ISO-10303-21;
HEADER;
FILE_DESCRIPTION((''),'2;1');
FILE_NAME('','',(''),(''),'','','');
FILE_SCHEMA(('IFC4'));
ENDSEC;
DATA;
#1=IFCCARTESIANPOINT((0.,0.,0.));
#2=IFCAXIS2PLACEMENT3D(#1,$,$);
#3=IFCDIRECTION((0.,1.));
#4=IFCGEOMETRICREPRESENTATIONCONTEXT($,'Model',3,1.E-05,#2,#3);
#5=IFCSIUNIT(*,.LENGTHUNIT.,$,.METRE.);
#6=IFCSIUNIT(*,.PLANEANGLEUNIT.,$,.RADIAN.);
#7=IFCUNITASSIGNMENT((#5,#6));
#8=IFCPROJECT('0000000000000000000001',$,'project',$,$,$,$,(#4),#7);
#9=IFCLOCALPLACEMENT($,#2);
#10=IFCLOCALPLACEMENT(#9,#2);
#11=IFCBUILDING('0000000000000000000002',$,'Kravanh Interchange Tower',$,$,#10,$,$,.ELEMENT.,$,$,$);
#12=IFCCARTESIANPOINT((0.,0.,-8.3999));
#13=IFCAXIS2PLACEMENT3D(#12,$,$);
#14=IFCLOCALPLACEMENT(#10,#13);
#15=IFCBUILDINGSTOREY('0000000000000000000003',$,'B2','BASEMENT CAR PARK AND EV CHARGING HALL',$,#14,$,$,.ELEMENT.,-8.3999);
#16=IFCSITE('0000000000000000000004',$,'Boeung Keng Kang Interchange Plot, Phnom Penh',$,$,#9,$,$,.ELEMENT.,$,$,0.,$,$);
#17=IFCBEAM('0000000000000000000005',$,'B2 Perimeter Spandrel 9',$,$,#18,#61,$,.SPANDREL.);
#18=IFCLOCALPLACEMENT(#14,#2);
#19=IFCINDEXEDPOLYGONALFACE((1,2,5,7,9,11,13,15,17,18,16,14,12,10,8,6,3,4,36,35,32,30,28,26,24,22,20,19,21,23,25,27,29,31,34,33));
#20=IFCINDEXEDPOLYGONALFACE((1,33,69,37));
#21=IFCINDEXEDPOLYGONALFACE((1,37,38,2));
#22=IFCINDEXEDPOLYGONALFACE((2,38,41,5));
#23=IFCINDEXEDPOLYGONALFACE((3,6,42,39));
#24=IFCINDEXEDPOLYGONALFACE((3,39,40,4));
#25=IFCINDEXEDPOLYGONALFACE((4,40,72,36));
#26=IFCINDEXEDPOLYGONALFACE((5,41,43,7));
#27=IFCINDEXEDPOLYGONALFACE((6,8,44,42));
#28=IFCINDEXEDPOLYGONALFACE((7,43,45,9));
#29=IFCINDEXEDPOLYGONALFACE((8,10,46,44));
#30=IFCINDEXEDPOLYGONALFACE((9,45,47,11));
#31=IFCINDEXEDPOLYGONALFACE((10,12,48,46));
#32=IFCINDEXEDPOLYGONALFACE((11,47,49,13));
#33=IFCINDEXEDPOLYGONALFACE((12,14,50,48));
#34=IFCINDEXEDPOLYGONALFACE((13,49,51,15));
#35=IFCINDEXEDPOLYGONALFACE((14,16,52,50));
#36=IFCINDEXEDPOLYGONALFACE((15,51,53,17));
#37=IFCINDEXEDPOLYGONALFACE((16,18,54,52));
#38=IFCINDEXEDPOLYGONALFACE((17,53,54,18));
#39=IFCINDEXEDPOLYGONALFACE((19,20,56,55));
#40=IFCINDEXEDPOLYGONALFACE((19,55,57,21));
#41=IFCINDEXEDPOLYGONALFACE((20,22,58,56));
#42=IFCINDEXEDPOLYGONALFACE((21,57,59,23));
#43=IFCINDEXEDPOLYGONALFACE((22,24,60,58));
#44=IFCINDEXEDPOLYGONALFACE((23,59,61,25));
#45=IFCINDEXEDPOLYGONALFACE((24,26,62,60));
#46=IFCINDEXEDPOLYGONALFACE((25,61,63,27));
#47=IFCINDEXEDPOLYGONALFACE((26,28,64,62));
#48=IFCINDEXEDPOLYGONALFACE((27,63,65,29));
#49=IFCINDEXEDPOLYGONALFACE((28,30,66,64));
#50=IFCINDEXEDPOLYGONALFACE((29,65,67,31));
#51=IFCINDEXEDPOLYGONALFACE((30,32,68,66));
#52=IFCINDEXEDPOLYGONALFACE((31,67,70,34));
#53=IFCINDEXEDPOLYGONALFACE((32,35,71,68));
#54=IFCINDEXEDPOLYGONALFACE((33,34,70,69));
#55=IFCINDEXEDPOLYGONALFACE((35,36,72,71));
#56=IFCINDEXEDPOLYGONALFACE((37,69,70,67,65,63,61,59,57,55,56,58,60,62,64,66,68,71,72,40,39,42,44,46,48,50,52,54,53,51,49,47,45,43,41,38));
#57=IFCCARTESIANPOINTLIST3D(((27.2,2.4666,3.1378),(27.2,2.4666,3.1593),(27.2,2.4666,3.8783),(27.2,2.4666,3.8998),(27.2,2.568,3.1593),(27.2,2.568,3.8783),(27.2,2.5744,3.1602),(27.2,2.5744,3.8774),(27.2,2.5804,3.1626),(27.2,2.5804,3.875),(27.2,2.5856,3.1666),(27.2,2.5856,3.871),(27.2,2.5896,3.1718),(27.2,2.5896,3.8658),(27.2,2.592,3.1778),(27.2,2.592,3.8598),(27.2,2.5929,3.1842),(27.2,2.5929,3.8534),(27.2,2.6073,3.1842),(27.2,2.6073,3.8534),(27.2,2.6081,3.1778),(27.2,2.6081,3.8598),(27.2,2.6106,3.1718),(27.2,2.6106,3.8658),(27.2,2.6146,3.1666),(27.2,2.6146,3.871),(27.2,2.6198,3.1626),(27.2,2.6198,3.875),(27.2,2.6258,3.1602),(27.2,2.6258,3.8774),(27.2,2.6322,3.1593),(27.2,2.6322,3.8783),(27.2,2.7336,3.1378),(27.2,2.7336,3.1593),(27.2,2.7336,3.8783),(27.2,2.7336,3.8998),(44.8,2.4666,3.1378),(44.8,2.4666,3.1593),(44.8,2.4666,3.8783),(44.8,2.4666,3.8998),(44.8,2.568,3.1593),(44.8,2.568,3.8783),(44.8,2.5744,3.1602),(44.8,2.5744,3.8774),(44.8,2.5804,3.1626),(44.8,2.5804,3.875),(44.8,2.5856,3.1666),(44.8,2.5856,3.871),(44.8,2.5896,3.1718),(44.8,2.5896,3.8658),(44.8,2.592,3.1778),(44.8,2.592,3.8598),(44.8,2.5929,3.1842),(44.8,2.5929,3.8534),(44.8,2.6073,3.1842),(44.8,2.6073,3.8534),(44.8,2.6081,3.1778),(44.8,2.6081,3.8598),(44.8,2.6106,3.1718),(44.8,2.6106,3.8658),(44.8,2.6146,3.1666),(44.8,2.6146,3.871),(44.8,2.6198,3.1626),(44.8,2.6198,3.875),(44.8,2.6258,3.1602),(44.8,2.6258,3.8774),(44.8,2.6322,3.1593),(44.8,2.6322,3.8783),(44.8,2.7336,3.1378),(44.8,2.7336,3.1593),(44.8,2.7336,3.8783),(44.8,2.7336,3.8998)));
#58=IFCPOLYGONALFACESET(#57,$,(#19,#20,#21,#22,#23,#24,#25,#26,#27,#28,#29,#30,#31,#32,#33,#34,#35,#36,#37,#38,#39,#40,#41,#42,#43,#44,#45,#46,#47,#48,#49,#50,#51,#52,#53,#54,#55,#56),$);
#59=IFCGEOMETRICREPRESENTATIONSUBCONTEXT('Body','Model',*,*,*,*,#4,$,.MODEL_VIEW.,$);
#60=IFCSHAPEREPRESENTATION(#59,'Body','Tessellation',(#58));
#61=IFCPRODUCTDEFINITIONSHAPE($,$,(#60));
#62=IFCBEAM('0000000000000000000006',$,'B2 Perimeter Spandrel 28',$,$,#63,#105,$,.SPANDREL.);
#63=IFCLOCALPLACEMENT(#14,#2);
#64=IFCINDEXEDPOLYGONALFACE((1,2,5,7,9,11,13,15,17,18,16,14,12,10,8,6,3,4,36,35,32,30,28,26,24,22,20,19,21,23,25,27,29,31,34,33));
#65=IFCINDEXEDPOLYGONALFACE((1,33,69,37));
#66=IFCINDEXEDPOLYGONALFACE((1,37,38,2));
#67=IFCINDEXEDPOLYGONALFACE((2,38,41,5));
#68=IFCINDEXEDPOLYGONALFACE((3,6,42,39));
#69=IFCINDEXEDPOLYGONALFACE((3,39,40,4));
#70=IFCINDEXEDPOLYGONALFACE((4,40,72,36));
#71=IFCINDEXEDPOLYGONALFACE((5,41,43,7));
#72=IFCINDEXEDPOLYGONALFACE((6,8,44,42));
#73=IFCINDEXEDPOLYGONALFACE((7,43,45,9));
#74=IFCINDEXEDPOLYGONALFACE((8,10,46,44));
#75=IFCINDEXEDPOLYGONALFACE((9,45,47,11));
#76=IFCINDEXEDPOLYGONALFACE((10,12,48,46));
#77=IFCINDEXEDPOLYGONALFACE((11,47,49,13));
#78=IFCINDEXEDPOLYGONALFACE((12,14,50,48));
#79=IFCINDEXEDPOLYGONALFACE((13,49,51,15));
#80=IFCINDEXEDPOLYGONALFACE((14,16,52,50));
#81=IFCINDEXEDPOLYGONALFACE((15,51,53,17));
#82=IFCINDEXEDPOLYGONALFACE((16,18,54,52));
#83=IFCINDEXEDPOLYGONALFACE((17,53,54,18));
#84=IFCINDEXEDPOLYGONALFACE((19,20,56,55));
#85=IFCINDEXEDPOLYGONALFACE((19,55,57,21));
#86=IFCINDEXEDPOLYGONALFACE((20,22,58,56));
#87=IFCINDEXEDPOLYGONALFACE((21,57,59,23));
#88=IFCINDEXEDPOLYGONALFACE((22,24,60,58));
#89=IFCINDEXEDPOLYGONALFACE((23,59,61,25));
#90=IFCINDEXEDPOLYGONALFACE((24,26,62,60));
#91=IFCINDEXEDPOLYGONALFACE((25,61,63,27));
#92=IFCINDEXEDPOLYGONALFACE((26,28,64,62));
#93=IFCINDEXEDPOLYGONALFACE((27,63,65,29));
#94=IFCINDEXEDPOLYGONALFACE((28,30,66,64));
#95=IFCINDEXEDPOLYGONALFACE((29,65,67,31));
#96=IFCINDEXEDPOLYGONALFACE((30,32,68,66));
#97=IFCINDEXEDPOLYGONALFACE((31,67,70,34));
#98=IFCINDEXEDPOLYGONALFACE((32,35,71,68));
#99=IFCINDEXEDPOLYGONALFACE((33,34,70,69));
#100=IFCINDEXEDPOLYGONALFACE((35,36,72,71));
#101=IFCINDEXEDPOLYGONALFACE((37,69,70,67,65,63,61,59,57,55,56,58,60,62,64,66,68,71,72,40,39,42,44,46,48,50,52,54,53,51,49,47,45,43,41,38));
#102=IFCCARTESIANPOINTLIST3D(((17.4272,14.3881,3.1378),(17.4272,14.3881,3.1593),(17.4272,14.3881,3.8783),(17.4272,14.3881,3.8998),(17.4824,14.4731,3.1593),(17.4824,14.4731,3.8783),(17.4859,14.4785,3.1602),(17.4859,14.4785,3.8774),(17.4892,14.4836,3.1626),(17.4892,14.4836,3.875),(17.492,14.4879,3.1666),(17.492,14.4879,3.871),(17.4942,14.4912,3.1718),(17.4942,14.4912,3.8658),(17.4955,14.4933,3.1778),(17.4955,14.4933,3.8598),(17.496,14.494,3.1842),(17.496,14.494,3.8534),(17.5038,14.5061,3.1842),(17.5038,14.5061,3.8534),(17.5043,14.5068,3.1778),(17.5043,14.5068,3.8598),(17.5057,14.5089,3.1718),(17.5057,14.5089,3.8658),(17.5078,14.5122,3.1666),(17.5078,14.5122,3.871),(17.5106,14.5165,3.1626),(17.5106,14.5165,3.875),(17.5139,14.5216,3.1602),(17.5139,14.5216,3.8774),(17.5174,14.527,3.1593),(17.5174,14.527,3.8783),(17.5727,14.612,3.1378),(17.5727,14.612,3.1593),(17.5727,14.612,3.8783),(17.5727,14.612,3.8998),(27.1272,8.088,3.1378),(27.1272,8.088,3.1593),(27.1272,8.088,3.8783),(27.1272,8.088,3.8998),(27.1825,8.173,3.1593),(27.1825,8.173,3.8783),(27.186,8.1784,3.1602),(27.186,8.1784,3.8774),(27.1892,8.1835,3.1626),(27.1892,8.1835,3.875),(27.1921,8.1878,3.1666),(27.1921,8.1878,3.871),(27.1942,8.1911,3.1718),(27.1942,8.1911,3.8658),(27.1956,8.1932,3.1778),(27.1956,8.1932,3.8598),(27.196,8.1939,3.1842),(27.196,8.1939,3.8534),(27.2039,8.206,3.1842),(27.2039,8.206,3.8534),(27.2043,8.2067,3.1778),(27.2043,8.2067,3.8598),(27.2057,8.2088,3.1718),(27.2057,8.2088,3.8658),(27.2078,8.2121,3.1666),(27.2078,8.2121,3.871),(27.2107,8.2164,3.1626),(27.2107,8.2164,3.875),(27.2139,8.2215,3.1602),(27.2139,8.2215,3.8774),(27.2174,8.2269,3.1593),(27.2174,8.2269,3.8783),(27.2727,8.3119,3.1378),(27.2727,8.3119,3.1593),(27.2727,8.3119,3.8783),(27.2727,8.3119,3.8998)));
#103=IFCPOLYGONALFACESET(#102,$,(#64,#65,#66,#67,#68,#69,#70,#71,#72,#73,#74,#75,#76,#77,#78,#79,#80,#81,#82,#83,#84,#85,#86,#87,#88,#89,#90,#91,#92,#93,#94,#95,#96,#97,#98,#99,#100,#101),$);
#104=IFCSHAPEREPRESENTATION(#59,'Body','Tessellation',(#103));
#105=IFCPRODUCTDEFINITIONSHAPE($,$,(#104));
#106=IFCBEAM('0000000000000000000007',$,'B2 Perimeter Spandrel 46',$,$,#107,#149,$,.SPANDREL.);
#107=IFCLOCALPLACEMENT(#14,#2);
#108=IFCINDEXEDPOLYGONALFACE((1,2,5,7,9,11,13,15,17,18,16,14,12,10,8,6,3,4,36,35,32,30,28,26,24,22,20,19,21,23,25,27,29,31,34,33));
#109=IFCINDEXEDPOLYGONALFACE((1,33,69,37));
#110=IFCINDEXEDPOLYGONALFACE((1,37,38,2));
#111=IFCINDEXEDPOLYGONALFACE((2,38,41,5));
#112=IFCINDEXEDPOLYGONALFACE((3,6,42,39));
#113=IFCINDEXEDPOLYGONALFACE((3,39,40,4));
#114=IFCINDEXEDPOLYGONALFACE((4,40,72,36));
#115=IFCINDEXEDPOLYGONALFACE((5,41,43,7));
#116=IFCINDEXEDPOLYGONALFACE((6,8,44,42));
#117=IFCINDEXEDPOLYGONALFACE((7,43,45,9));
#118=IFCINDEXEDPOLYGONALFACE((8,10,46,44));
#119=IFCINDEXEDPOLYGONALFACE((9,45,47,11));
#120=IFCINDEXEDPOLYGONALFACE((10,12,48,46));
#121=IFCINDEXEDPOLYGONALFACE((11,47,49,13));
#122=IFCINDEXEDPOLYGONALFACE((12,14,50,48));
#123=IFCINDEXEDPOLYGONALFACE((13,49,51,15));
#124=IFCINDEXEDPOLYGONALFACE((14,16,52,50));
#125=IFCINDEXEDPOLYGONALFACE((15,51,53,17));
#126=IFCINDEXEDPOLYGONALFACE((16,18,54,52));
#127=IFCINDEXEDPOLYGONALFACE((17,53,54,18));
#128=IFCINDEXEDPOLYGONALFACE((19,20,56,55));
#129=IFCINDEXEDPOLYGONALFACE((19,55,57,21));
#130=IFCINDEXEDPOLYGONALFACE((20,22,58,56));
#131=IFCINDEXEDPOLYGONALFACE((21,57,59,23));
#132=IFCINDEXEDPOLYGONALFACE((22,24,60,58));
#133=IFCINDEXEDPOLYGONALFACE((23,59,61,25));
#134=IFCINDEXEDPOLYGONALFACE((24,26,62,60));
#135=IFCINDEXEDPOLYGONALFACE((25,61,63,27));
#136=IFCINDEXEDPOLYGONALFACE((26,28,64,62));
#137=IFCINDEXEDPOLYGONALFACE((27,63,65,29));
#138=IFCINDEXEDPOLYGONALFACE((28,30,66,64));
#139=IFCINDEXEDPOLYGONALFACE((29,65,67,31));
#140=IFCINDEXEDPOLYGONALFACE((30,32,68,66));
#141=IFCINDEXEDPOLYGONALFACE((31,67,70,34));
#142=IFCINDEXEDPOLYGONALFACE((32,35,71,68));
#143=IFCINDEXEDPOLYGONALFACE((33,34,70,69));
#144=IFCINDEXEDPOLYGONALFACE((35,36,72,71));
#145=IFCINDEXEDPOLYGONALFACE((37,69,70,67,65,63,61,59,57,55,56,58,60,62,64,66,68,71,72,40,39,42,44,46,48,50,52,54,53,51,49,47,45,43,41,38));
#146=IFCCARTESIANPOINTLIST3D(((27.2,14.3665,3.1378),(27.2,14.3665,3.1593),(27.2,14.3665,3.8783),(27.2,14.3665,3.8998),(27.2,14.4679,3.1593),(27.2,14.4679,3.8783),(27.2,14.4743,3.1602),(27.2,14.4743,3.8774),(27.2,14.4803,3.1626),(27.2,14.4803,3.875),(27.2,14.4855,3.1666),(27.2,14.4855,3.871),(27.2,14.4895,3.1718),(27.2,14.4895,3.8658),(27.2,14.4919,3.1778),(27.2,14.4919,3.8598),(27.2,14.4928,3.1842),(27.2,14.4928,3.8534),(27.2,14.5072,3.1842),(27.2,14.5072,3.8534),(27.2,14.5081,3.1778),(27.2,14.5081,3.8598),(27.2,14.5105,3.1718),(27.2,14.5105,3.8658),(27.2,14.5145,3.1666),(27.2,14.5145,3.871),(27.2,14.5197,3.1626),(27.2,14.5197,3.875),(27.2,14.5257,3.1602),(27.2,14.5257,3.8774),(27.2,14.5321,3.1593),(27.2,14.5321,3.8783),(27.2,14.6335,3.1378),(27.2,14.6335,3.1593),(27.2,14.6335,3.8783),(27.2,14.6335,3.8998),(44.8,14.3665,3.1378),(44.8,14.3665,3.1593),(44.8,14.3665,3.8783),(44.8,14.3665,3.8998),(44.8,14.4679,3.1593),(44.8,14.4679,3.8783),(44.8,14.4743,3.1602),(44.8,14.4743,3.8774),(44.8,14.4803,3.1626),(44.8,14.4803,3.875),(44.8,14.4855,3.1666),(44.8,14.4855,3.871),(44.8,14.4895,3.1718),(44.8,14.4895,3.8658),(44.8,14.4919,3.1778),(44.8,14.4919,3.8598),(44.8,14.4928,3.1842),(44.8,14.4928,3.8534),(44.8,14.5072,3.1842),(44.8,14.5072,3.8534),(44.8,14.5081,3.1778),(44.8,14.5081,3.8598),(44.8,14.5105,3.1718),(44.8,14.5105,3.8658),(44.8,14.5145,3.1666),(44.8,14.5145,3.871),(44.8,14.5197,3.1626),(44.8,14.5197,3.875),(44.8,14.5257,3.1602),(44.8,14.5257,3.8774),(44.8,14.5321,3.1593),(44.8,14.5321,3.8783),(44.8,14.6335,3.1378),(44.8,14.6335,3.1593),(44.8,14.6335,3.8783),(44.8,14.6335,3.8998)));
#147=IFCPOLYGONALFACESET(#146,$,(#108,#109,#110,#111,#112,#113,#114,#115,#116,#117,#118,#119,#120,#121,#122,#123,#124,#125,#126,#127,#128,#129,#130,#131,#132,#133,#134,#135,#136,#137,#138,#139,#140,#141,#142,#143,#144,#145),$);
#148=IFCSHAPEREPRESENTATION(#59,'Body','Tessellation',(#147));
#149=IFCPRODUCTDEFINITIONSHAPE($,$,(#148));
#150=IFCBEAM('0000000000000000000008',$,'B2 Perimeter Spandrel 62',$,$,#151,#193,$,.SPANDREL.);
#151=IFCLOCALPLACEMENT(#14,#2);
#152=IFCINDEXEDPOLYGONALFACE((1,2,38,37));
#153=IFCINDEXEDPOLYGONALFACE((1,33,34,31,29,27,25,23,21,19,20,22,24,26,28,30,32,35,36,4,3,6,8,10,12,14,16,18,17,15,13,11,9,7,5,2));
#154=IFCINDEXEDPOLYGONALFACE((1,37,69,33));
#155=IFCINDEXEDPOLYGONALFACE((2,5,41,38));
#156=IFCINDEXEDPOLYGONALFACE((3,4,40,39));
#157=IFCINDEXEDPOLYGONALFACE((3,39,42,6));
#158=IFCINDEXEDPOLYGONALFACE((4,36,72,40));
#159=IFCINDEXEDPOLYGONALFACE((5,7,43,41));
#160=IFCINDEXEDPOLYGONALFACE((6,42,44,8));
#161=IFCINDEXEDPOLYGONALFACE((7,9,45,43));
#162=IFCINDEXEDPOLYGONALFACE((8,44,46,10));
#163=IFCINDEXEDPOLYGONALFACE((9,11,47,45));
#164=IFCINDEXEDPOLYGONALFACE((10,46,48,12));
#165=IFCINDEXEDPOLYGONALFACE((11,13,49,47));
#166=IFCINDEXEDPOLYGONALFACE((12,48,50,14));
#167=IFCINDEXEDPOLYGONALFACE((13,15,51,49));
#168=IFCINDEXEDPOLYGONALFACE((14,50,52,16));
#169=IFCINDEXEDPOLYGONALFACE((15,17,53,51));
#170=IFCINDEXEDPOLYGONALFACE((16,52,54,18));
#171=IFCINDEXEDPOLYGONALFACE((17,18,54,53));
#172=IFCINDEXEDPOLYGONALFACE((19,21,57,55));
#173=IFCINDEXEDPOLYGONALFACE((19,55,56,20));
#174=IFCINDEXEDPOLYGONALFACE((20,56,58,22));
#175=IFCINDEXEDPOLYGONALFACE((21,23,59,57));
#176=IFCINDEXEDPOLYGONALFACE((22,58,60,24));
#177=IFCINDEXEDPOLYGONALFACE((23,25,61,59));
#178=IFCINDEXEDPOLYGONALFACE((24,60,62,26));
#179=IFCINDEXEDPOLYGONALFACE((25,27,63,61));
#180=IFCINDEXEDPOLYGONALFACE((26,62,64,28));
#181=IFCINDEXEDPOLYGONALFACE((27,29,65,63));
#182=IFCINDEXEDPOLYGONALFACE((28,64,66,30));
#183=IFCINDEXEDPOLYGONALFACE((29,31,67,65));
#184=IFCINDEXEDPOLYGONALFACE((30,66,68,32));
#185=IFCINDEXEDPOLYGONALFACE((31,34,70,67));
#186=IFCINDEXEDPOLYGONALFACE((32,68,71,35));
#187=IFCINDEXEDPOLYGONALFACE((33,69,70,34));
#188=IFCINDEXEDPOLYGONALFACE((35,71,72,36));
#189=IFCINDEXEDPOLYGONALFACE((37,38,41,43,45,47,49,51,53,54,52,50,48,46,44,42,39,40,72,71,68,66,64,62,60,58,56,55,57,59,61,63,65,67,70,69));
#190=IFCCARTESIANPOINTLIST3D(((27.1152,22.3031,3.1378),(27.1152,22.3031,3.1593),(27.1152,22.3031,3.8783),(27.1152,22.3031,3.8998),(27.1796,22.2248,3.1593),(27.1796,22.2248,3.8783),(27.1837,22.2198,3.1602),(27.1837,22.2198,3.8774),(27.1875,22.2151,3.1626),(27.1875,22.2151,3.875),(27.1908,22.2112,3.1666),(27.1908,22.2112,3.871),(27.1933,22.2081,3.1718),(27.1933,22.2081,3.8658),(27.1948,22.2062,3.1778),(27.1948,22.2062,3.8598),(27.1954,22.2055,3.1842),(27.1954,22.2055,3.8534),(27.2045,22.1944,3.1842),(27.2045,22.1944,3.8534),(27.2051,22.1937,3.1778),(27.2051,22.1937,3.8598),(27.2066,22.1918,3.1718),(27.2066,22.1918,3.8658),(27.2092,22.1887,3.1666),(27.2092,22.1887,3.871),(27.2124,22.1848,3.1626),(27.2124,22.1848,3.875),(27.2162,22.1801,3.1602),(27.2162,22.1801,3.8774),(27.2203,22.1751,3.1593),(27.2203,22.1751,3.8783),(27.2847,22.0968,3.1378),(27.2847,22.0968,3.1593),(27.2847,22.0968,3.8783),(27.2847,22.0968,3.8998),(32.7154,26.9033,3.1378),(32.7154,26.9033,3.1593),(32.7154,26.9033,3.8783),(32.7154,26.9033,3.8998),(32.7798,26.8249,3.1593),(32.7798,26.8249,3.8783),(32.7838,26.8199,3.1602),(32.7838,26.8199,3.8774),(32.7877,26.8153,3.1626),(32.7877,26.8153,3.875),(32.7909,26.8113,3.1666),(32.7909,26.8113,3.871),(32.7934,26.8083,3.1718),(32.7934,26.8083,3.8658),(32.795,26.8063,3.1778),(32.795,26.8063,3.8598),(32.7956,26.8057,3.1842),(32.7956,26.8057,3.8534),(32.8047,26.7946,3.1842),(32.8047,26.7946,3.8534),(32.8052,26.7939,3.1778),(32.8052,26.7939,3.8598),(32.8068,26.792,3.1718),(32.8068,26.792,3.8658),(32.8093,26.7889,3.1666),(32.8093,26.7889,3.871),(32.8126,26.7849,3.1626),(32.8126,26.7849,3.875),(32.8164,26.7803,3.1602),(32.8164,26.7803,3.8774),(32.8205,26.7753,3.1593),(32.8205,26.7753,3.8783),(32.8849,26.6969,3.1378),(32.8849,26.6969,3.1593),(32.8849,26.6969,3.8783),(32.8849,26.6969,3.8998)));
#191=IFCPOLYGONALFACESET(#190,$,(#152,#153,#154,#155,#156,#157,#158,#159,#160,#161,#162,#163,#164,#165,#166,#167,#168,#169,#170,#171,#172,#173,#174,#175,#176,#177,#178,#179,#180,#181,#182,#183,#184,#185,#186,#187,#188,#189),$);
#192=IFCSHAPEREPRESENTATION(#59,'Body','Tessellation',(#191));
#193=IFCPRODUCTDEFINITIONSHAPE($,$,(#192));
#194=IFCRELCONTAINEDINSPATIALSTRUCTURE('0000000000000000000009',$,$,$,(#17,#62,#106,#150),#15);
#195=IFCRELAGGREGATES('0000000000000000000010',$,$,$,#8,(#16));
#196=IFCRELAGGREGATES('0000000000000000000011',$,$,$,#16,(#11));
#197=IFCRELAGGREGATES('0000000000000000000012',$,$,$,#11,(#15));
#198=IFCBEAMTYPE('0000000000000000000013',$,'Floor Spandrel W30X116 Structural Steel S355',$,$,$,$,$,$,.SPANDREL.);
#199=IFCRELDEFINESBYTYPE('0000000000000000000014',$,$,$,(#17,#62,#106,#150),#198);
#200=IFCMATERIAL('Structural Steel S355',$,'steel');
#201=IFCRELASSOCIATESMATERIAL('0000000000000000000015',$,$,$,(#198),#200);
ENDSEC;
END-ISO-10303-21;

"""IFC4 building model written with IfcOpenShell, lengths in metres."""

from ifc_helpers import new_model, si_unit, direction, frame, origin, origin_2d, place, context, subcontext, project, spatial, i_section, extrude, material, material_profile, profile_set, type_object, element, save


model = new_model("IFC4")

# Units and contexts
model_context = context("Model", 3, precision=1e-05, world=origin(), true_north=direction((0.0, 1.0)))
body_context = subcontext(model_context, "Body", "Model", "MODEL_VIEW")
ifc_project = project(units=[si_unit("LENGTHUNIT", "METRE"), si_unit("PLANEANGLEUNIT", "RADIAN")], contexts=[model_context])

# Site, building, storey
site_placement = place(None, origin())
site = spatial("IfcSite", under=ifc_project, at=site_placement, Name="Boeung Keng Kang Interchange Plot, Phnom Penh", CompositionType="ELEMENT", RefElevation=0.0)
building_placement = place(site_placement, origin())
building = spatial("IfcBuilding", under=site, at=building_placement, Name="Kravanh Interchange Tower", CompositionType="ELEMENT")
storey_placement = place(building_placement, frame((0.0, 0.0, -8.3999)))
storey = spatial("IfcBuildingStorey", under=building, at=storey_placement, Name="B2", Description="BASEMENT CAR PARK AND EV CHARGING HALL", CompositionType="ELEMENT", Elevation=-8.3999)

# Beams
ifc_material_1 = material(Name="Structural Steel S355", Category="steel")
ifc_material_profile_1 = material_profile(ifc_material_1, i_section(OverallWidth=0.2671, OverallDepth=0.762, WebThickness=0.0144, FlangeThickness=0.0215, FilletRadius=0.0249, at=origin_2d()), Name="W30X116")
ifc_profile_set_1 = profile_set([ifc_material_profile_1], Name="Structural Steel S355")
beam_type_1 = type_object("IfcBeamType", Name="Floor Spandrel W30X116 Structural Steel S355", PredefinedType="SPANDREL", material=ifc_profile_set_1)
beam_1_placement = place(storey_placement, frame((27.2, 2.6001, 3.5188), z_axis=(1.0, 0.0, 0.0), x_axis=(0.0, 1.0, 0.0)))
element("IfcBeam", 1, at=beam_1_placement, inside=storey, type_object=beam_type_1, Name="B2 Perimeter Spandrel 9", PredefinedType="SPANDREL", context=body_context, shape_type="SweptSolid", body=[
    extrude(i_section(OverallWidth=0.2671, OverallDepth=0.762, WebThickness=0.0144, FlangeThickness=0.0215, FilletRadius=0.0249, at=origin_2d()), origin(), (0.0, 0.0, 1.0), 17.6001),
])
beam_2_placement = place(storey_placement, frame((27.2, 8.2, 3.5188), z_axis=(-0.838638, 0.544689, 0.0), x_axis=(-0.544689, -0.838638, 0.0)))
element("IfcBeam", 2, at=beam_2_placement, inside=storey, type_object=beam_type_1, Name="B2 Perimeter Spandrel 28", PredefinedType="SPANDREL", context=body_context, shape_type="SweptSolid", body=[
    extrude(i_section(OverallWidth=0.2671, OverallDepth=0.762, WebThickness=0.0144, FlangeThickness=0.0215, FilletRadius=0.0249, at=origin_2d()), origin(), (0.0, 0.0, 1.0), 11.5664),
])
beam_3_placement = place(storey_placement, frame((27.2, 14.5, 3.5188), z_axis=(1.0, 0.0, 0.0), x_axis=(0.0, 1.0, 0.0)))
element("IfcBeam", 3, at=beam_3_placement, inside=storey, type_object=beam_type_1, Name="B2 Perimeter Spandrel 46", PredefinedType="SPANDREL", context=body_context, shape_type="SweptSolid", body=[
    extrude(i_section(OverallWidth=0.2671, OverallDepth=0.762, WebThickness=0.0144, FlangeThickness=0.0215, FilletRadius=0.0249, at=origin_2d()), origin(), (0.0, 0.0, 1.0), 17.6001),
])
beam_4_placement = place(storey_placement, frame((27.2, 22.2, 3.5188), z_axis=(0.772725, 0.634741, 0.0), x_axis=(-0.634741, 0.772725, 0.0)))
element("IfcBeam", 4, at=beam_4_placement, inside=storey, type_object=beam_type_1, Name="B2 Perimeter Spandrel 62", PredefinedType="SPANDREL", context=body_context, shape_type="SweptSolid", body=[
    extrude(i_section(OverallWidth=0.2671, OverallDepth=0.762, WebThickness=0.0144, FlangeThickness=0.0215, FilletRadius=0.0249, at=origin_2d()), origin(), (0.0, 0.0, 1.0), 7.2473),
])

save(model, "model.ifc")
